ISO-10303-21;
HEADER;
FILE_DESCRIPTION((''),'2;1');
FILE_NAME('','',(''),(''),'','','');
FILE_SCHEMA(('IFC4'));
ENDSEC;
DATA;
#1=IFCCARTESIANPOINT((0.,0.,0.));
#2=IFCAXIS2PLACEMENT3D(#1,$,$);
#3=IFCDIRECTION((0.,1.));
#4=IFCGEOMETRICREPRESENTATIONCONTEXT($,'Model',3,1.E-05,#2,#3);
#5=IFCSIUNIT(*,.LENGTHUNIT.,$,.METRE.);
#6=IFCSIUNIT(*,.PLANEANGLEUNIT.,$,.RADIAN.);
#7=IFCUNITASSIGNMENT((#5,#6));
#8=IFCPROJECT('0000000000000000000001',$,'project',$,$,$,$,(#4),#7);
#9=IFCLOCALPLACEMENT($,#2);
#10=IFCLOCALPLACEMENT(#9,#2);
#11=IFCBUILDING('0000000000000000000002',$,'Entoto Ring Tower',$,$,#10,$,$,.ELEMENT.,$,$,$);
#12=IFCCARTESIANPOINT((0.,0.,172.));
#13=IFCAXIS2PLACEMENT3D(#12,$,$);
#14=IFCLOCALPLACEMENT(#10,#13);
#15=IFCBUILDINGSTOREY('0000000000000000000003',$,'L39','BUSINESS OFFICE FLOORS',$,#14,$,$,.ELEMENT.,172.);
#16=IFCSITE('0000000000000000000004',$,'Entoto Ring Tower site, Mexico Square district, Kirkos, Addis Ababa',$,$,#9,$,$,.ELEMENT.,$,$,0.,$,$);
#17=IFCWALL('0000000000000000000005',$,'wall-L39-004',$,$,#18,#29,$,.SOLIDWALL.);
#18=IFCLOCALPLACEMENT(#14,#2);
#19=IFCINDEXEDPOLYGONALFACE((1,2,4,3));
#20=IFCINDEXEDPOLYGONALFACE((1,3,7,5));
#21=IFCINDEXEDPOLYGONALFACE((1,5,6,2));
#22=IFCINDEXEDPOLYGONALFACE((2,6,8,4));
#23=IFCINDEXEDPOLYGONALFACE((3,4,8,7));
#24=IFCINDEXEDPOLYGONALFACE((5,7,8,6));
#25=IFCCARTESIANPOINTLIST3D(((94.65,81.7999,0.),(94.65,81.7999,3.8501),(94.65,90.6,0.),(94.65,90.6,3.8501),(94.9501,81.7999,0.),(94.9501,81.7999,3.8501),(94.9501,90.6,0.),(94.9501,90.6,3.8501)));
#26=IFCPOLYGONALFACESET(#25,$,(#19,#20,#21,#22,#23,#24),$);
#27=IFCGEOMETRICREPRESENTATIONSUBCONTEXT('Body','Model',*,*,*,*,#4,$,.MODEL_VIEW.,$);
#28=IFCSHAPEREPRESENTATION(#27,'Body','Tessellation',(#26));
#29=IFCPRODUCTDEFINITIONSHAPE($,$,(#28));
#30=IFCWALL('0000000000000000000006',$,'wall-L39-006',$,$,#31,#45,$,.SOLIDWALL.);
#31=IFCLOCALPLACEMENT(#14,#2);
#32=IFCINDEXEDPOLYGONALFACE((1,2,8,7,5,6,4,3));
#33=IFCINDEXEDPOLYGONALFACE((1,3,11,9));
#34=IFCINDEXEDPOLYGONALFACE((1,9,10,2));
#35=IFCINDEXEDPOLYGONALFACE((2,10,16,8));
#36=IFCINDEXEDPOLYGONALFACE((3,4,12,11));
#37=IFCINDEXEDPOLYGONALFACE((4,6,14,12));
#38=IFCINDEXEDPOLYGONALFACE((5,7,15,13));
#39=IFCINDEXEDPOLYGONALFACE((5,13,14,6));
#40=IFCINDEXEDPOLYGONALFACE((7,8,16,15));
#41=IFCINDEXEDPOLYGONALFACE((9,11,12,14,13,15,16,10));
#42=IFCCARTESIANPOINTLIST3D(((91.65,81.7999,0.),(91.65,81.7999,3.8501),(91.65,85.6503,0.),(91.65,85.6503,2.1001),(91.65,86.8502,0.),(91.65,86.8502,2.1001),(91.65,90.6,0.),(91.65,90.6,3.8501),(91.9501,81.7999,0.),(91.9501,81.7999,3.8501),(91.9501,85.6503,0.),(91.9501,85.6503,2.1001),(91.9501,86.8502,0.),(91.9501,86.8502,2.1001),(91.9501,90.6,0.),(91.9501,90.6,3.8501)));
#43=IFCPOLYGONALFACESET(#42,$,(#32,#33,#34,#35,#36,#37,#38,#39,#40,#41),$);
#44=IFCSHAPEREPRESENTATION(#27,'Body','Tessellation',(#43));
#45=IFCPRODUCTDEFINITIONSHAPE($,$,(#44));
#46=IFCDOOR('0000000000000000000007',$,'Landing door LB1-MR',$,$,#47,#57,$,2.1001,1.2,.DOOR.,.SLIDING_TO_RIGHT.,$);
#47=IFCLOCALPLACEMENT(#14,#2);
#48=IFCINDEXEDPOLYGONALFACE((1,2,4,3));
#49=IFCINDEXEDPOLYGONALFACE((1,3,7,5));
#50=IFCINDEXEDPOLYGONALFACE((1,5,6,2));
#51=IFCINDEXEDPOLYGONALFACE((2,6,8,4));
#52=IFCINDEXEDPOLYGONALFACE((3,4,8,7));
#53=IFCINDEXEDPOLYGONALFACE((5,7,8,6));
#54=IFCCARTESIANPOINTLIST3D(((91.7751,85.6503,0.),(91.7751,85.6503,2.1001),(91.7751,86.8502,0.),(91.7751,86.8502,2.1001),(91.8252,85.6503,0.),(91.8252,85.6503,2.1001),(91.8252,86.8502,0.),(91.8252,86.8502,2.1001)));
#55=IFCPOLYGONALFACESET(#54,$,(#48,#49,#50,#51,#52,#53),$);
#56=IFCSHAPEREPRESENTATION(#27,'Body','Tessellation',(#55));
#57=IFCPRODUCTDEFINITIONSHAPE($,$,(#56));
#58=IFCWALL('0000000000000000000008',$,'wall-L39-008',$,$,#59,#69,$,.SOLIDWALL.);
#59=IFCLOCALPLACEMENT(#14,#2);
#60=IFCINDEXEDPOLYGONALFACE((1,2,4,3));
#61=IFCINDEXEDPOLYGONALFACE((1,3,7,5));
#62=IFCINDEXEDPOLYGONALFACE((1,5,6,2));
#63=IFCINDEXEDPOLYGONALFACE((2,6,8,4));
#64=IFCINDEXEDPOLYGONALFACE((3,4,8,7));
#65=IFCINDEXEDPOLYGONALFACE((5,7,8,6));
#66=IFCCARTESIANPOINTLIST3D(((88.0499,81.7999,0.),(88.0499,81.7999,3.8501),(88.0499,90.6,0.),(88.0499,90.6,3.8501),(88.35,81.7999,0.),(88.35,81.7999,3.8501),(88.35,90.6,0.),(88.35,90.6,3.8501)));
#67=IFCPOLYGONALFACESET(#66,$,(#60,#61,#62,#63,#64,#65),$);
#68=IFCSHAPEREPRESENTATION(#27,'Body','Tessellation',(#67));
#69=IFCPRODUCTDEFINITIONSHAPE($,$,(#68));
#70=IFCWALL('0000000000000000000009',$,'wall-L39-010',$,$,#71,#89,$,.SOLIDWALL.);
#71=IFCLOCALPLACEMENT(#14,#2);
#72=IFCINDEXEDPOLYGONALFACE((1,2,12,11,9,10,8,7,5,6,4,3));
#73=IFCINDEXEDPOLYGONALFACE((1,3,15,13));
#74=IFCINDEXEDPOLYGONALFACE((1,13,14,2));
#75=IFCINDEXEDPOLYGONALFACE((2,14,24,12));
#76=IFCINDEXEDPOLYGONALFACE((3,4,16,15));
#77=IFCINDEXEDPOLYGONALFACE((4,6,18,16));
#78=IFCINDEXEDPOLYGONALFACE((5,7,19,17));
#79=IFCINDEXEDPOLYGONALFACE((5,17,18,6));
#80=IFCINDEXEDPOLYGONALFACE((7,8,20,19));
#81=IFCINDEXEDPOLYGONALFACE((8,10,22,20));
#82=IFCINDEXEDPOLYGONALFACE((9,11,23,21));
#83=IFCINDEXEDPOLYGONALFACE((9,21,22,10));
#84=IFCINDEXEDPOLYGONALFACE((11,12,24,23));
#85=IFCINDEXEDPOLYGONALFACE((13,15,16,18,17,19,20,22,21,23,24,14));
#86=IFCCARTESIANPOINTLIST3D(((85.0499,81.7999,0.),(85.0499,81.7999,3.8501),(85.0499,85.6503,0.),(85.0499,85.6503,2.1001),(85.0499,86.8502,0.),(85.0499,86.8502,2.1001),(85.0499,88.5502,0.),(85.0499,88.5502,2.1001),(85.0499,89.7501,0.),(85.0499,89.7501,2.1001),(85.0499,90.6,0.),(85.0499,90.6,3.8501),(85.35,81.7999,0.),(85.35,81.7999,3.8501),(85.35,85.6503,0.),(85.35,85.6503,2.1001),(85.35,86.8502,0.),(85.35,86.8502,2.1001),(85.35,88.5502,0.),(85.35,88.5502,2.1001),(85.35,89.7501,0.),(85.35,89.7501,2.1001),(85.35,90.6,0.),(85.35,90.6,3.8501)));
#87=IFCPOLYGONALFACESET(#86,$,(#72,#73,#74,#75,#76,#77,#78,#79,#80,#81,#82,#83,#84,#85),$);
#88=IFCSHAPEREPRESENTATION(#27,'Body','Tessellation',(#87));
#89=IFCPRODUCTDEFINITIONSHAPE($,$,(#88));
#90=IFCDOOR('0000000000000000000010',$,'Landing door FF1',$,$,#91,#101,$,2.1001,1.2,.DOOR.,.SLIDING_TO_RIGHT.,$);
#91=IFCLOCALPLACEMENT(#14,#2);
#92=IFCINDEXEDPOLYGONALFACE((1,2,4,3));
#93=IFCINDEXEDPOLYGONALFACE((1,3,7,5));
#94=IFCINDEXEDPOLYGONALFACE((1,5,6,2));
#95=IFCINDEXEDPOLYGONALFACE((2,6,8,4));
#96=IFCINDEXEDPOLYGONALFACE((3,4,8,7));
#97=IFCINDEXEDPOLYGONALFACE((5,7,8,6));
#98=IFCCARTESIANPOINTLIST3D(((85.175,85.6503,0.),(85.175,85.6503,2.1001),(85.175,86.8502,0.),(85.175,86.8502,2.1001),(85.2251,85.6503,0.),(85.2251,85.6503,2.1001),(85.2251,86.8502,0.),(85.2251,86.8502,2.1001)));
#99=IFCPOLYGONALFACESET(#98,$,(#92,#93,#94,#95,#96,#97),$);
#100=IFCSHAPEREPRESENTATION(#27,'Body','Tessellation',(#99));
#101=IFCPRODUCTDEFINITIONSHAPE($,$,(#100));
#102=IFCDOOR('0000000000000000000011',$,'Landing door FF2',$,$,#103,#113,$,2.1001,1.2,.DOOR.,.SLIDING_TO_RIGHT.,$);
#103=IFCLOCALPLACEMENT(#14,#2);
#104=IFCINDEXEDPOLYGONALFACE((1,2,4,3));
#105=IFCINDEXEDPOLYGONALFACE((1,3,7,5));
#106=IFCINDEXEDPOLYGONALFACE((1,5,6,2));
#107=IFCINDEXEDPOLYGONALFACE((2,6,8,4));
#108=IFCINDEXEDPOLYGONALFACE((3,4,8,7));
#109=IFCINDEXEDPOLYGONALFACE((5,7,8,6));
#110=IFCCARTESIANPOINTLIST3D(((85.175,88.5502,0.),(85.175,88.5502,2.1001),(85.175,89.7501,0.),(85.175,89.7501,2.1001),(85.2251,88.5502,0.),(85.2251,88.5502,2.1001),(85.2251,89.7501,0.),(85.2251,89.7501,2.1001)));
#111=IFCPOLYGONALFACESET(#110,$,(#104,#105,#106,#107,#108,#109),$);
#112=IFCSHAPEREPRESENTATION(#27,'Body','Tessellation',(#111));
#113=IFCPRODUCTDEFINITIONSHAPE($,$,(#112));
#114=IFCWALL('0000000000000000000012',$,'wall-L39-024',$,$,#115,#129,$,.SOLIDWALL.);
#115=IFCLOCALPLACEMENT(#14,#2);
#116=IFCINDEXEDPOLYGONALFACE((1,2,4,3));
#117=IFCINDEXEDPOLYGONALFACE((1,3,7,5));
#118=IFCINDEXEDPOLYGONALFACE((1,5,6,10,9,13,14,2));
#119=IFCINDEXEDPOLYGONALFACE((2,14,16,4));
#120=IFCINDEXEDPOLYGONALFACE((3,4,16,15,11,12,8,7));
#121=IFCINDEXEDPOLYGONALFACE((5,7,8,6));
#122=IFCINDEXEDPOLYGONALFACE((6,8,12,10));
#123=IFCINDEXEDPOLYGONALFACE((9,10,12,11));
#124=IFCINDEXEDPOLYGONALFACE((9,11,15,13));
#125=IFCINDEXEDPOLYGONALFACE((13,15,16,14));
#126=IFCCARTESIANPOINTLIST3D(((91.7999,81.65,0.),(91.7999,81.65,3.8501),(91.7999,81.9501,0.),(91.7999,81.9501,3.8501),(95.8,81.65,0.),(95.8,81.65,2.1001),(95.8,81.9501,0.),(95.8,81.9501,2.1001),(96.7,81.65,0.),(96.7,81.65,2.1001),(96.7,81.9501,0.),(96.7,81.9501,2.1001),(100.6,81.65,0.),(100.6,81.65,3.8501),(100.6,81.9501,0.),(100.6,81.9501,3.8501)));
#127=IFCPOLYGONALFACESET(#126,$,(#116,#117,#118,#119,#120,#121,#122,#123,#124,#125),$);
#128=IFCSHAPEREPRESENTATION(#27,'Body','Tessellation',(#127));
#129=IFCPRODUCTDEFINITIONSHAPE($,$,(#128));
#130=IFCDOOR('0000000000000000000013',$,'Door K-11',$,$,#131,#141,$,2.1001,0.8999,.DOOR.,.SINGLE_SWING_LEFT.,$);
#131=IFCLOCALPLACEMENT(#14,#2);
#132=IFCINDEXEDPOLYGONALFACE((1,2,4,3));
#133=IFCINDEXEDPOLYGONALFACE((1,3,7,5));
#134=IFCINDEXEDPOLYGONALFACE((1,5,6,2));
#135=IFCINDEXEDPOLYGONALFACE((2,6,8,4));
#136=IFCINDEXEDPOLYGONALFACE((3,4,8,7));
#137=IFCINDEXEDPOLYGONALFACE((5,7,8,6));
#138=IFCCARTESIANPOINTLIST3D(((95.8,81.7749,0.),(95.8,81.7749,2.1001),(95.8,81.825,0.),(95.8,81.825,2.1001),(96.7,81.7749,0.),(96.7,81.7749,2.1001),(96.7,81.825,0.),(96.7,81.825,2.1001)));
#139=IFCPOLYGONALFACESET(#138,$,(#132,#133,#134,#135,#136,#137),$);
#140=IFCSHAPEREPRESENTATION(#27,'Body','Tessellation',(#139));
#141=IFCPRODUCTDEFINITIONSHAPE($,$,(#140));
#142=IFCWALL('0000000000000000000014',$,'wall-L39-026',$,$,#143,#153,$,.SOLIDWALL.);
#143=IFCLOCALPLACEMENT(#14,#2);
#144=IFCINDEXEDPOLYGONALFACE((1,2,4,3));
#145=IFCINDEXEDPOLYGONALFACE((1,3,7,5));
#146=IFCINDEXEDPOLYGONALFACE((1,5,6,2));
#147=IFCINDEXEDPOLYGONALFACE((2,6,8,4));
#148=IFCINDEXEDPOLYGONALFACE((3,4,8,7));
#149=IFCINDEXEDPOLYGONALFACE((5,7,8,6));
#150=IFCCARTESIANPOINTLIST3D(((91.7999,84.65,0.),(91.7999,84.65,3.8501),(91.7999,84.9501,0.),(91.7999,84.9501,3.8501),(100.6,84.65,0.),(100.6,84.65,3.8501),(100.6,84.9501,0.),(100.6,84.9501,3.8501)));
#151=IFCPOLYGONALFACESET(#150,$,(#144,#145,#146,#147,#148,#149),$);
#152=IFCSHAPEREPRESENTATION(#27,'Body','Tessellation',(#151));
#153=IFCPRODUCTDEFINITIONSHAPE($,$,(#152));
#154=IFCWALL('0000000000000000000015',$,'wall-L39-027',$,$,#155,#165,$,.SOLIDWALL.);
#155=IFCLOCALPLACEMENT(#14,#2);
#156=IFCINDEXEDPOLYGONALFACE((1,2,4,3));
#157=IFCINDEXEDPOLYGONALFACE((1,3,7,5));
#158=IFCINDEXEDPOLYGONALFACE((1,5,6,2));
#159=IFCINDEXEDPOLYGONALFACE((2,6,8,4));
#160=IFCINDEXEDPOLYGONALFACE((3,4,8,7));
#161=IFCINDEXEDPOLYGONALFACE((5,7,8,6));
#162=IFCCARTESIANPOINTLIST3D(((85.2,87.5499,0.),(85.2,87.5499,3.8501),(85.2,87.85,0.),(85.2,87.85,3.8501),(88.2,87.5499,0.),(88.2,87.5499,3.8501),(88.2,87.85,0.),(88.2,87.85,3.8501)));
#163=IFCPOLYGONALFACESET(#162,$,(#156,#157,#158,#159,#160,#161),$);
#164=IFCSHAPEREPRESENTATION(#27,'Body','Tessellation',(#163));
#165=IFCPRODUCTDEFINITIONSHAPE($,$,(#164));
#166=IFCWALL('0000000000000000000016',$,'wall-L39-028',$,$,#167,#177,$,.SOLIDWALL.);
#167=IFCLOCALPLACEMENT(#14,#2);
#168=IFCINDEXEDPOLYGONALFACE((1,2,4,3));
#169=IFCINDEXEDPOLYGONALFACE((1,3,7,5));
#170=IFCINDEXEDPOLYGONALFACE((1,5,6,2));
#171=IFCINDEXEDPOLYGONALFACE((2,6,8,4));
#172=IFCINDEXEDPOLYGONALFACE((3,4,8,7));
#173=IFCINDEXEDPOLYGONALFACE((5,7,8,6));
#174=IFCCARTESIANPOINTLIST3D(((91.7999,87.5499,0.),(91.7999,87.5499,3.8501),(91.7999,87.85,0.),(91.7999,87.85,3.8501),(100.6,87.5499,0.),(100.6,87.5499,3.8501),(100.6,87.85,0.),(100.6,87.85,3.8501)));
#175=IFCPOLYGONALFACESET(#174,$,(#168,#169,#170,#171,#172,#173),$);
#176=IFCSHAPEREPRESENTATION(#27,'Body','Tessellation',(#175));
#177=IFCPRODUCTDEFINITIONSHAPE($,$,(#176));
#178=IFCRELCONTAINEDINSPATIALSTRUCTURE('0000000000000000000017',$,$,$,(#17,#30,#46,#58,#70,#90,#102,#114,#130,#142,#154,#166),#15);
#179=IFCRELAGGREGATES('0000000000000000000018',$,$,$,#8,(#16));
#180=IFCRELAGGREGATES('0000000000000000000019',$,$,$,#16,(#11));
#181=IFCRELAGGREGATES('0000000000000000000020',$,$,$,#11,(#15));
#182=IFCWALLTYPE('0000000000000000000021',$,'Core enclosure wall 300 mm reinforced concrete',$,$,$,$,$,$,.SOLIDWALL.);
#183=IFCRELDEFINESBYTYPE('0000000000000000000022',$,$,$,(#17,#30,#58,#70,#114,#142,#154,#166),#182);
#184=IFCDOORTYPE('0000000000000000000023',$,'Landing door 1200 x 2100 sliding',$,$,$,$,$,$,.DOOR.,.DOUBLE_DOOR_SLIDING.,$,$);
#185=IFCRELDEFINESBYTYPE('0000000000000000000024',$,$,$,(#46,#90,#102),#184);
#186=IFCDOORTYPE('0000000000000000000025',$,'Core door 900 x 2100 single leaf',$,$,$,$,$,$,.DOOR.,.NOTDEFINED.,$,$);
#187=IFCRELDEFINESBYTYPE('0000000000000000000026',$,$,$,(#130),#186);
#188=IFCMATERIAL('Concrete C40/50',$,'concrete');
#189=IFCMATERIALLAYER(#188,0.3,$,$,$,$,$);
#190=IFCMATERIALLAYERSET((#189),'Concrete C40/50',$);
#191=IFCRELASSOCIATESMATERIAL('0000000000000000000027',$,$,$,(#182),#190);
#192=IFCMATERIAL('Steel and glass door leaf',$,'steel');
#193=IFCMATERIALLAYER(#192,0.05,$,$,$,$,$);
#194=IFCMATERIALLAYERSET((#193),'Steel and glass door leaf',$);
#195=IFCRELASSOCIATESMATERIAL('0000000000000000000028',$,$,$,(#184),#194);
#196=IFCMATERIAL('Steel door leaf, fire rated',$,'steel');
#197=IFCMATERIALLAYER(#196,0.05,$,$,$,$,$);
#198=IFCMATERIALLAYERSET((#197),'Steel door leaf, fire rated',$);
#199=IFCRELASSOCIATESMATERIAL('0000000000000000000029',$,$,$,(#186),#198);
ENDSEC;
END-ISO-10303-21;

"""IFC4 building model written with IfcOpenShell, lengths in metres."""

from ifc_helpers import new_model, si_unit, direction, frame, frame_2d, origin, place, context, subcontext, project, spatial, rectangle, extrude, material, layer, layer_set, type_object, element, fill, save


model = new_model("IFC4")

# Units and contexts
model_context = context("Model", 3, precision=1e-05, world=origin(), true_north=direction((0.0, 1.0)))
body_context = subcontext(model_context, "Body", "Model", "MODEL_VIEW")
ifc_project = project(units=[si_unit("LENGTHUNIT", "METRE"), si_unit("PLANEANGLEUNIT", "RADIAN")], contexts=[model_context])

# Site, building, storey
site_placement = place(None, origin())
site = spatial("IfcSite", under=ifc_project, at=site_placement, Name="Entoto Ring Tower site, Mexico Square district, Kirkos, Addis Ababa", CompositionType="ELEMENT", RefElevation=0.0)
building_placement = place(site_placement, origin())
building = spatial("IfcBuilding", under=site, at=building_placement, Name="Entoto Ring Tower", CompositionType="ELEMENT")
storey_placement = place(building_placement, frame((0.0, 0.0, 172.0)))
storey = spatial("IfcBuildingStorey", under=building, at=storey_placement, Name="L39", Description="BUSINESS OFFICE FLOORS", CompositionType="ELEMENT", Elevation=172.0)

# Wall
ifc_material_1 = material(Name="Concrete C40/50", Category="concrete")
ifc_layer_1 = layer(ifc_material_1, 0.3)
ifc_layer_set_1 = layer_set([ifc_layer_1], Name="Concrete C40/50")
wall_type_1 = type_object("IfcWallType", Name="Core enclosure wall 300 mm reinforced concrete", PredefinedType="SOLIDWALL", material=ifc_layer_set_1)
wall_1_placement = place(storey_placement, frame((94.8, 81.8, 0.0), z_axis=(0.0, 0.0, 1.0), x_axis=(0.0, 1.0, 0.0)))
element("IfcWall", 1, at=wall_1_placement, inside=storey, type_object=wall_type_1, Name="wall-L39-004", PredefinedType="SOLIDWALL", context=body_context, shape_type="SweptSolid", body=[
    extrude(rectangle(XDim=8.8, YDim=0.3, at=frame_2d((4.3999, 0.0))), origin(), (0.0, 0.0, 1.0), 3.8501),
])

# Wall, opening, door
wall_2_placement = place(storey_placement, frame((91.8, 81.8, 0.0), z_axis=(0.0, 0.0, 1.0), x_axis=(0.0, 1.0, 0.0)))
wall_2 = element("IfcWall", 2, at=wall_2_placement, inside=storey, type_object=wall_type_1, Name="wall-L39-006", PredefinedType="SOLIDWALL", context=body_context, shape_type="SweptSolid", body=[
    extrude(rectangle(XDim=8.8, YDim=0.3, at=frame_2d((4.3999, 0.0))), origin(), (0.0, 0.0, 1.0), 3.8501),
])
opening_1_placement = place(wall_2_placement, frame((3.8501, 0.0, 0.0)))
opening_1 = element("IfcOpeningElement", 3, at=opening_1_placement, cuts=wall_2, PredefinedType="OPENING", context=body_context, shape_type="SweptSolid", body=[
    extrude(rectangle(XDim=1.2, YDim=2.1001, at=frame_2d((0.6001, 1.05))), frame((0.0, 0.1602, 0.0), z_axis=(0.0, -1.0, 0.0), x_axis=(1.0, 0.0, 0.0)), (0.0, 0.0, 1.0), 0.3201),
])
ifc_material_2 = material(Name="Steel and glass door leaf", Category="steel")
ifc_layer_2 = layer(ifc_material_2, 0.05)
ifc_layer_set_2 = layer_set([ifc_layer_2], Name="Steel and glass door leaf")
door_type_1 = type_object("IfcDoorType", Name="Landing door 1200 x 2100 sliding", OperationType="DOUBLE_DOOR_SLIDING", PredefinedType="DOOR", material=ifc_layer_set_2)
door_1_placement = place(opening_1_placement, origin())
door_1 = element("IfcDoor", 4, at=door_1_placement, inside=storey, type_object=door_type_1, Name="Landing door LB1-MR", OperationType="SLIDING_TO_RIGHT", OverallHeight=2.1001, OverallWidth=1.2, PredefinedType="DOOR", context=body_context, shape_type="SweptSolid", body=[
    extrude(rectangle(XDim=1.2, YDim=2.1001, at=frame_2d((0.6001, 1.05))), frame((0.0, 0.0249, 0.0), z_axis=(0.0, -1.0, 0.0), x_axis=(1.0, 0.0, 0.0)), (0.0, 0.0, 1.0), 0.05),
])
fill(opening_1, door_1)

# Wall
wall_3_placement = place(storey_placement, frame((88.2, 81.8, 0.0), z_axis=(0.0, 0.0, 1.0), x_axis=(0.0, 1.0, 0.0)))
element("IfcWall", 5, at=wall_3_placement, inside=storey, type_object=wall_type_1, Name="wall-L39-008", PredefinedType="SOLIDWALL", context=body_context, shape_type="SweptSolid", body=[
    extrude(rectangle(XDim=8.8, YDim=0.3, at=frame_2d((4.3999, 0.0))), origin(), (0.0, 0.0, 1.0), 3.8501),
])

# Wall, openings, doors
wall_4_placement = place(storey_placement, frame((85.2, 81.8, 0.0), z_axis=(0.0, 0.0, 1.0), x_axis=(0.0, 1.0, 0.0)))
wall_4 = element("IfcWall", 6, at=wall_4_placement, inside=storey, type_object=wall_type_1, Name="wall-L39-010", PredefinedType="SOLIDWALL", context=body_context, shape_type="SweptSolid", body=[
    extrude(rectangle(XDim=8.8, YDim=0.3, at=frame_2d((4.3999, 0.0))), origin(), (0.0, 0.0, 1.0), 3.8501),
])
opening_2_placement = place(wall_4_placement, frame((3.8501, 0.0, 0.0)))
opening_2 = element("IfcOpeningElement", 7, at=opening_2_placement, cuts=wall_4, PredefinedType="OPENING", context=body_context, shape_type="SweptSolid", body=[
    extrude(rectangle(XDim=1.2, YDim=2.1001, at=frame_2d((0.6001, 1.05))), frame((0.0, 0.1602, 0.0), z_axis=(0.0, -1.0, 0.0), x_axis=(1.0, 0.0, 0.0)), (0.0, 0.0, 1.0), 0.3201),
])
opening_3_placement = place(wall_4_placement, frame((6.75, 0.0, 0.0)))
opening_3 = element("IfcOpeningElement", 8, at=opening_3_placement, cuts=wall_4, PredefinedType="OPENING", context=body_context, shape_type="SweptSolid", body=[
    extrude(rectangle(XDim=1.2, YDim=2.1001, at=frame_2d((0.6001, 1.05))), frame((0.0, 0.1602, 0.0), z_axis=(0.0, -1.0, 0.0), x_axis=(1.0, 0.0, 0.0)), (0.0, 0.0, 1.0), 0.3201),
])
door_2_placement = place(opening_2_placement, origin())
door_2 = element("IfcDoor", 9, at=door_2_placement, inside=storey, type_object=door_type_1, Name="Landing door FF1", OperationType="SLIDING_TO_RIGHT", OverallHeight=2.1001, OverallWidth=1.2, PredefinedType="DOOR", context=body_context, shape_type="SweptSolid", body=[
    extrude(rectangle(XDim=1.2, YDim=2.1001, at=frame_2d((0.6001, 1.05))), frame((0.0, 0.0249, 0.0), z_axis=(0.0, -1.0, 0.0), x_axis=(1.0, 0.0, 0.0)), (0.0, 0.0, 1.0), 0.05),
])
fill(opening_2, door_2)
door_3_placement = place(opening_3_placement, origin())
door_3 = element("IfcDoor", 10, at=door_3_placement, inside=storey, type_object=door_type_1, Name="Landing door FF2", OperationType="SLIDING_TO_RIGHT", OverallHeight=2.1001, OverallWidth=1.2, PredefinedType="DOOR", context=body_context, shape_type="SweptSolid", body=[
    extrude(rectangle(XDim=1.2, YDim=2.1001, at=frame_2d((0.6001, 1.05))), frame((0.0, 0.0249, 0.0), z_axis=(0.0, -1.0, 0.0), x_axis=(1.0, 0.0, 0.0)), (0.0, 0.0, 1.0), 0.05),
])
fill(opening_3, door_3)

# Wall, opening, door
wall_5_placement = place(storey_placement, frame((91.8, 81.8, 0.0), z_axis=(0.0, 0.0, 1.0), x_axis=(1.0, 0.0, 0.0)))
wall_5 = element("IfcWall", 11, at=wall_5_placement, inside=storey, type_object=wall_type_1, Name="wall-L39-024", PredefinedType="SOLIDWALL", context=body_context, shape_type="SweptSolid", body=[
    extrude(rectangle(XDim=8.8, YDim=0.3, at=frame_2d((4.3999, 0.0))), origin(), (0.0, 0.0, 1.0), 3.8501),
])
opening_4_placement = place(wall_5_placement, frame((4.0, 0.0, 0.0)))
opening_4 = element("IfcOpeningElement", 12, at=opening_4_placement, cuts=wall_5, PredefinedType="OPENING", context=body_context, shape_type="SweptSolid", body=[
    extrude(rectangle(XDim=0.8999, YDim=2.1001, at=frame_2d((0.45, 1.05))), frame((0.0, 0.1602, 0.0), z_axis=(0.0, -1.0, 0.0), x_axis=(1.0, 0.0, 0.0)), (0.0, 0.0, 1.0), 0.3201),
])
ifc_material_3 = material(Name="Steel door leaf, fire rated", Category="steel")
ifc_layer_3 = layer(ifc_material_3, 0.05)
ifc_layer_set_3 = layer_set([ifc_layer_3], Name="Steel door leaf, fire rated")
door_type_2 = type_object("IfcDoorType", Name="Core door 900 x 2100 single leaf", OperationType="NOTDEFINED", PredefinedType="DOOR", material=ifc_layer_set_3)
door_4_placement = place(opening_4_placement, origin())
door_4 = element("IfcDoor", 13, at=door_4_placement, inside=storey, type_object=door_type_2, Name="Door K-11", OperationType="SINGLE_SWING_LEFT", OverallHeight=2.1001, OverallWidth=0.8999, PredefinedType="DOOR", context=body_context, shape_type="SweptSolid", body=[
    extrude(rectangle(XDim=0.8999, YDim=2.1001, at=frame_2d((0.45, 1.05))), frame((0.0, 0.0249, 0.0), z_axis=(0.0, -1.0, 0.0), x_axis=(1.0, 0.0, 0.0)), (0.0, 0.0, 1.0), 0.05),
])
fill(opening_4, door_4)

# Walls
wall_6_placement = place(storey_placement, frame((91.8, 84.8, 0.0), z_axis=(0.0, 0.0, 1.0), x_axis=(1.0, 0.0, 0.0)))
element("IfcWall", 14, at=wall_6_placement, inside=storey, type_object=wall_type_1, Name="wall-L39-026", PredefinedType="SOLIDWALL", context=body_context, shape_type="SweptSolid", body=[
    extrude(rectangle(XDim=8.8, YDim=0.3, at=frame_2d((4.3999, 0.0))), origin(), (0.0, 0.0, 1.0), 3.8501),
])
wall_7_placement = place(storey_placement, frame((85.2, 87.7, 0.0), z_axis=(0.0, 0.0, 1.0), x_axis=(1.0, 0.0, 0.0)))
element("IfcWall", 15, at=wall_7_placement, inside=storey, type_object=wall_type_1, Name="wall-L39-027", PredefinedType="SOLIDWALL", context=body_context, shape_type="SweptSolid", body=[
    extrude(rectangle(XDim=3.0, YDim=0.3, at=frame_2d((1.5, 0.0))), origin(), (0.0, 0.0, 1.0), 3.8501),
])
wall_8_placement = place(storey_placement, frame((91.8, 87.7, 0.0), z_axis=(0.0, 0.0, 1.0), x_axis=(1.0, 0.0, 0.0)))
element("IfcWall", 16, at=wall_8_placement, inside=storey, type_object=wall_type_1, Name="wall-L39-028", PredefinedType="SOLIDWALL", context=body_context, shape_type="SweptSolid", body=[
    extrude(rectangle(XDim=8.8, YDim=0.3, at=frame_2d((4.3999, 0.0))), origin(), (0.0, 0.0, 1.0), 3.8501),
])

save(model, "model.ifc")
